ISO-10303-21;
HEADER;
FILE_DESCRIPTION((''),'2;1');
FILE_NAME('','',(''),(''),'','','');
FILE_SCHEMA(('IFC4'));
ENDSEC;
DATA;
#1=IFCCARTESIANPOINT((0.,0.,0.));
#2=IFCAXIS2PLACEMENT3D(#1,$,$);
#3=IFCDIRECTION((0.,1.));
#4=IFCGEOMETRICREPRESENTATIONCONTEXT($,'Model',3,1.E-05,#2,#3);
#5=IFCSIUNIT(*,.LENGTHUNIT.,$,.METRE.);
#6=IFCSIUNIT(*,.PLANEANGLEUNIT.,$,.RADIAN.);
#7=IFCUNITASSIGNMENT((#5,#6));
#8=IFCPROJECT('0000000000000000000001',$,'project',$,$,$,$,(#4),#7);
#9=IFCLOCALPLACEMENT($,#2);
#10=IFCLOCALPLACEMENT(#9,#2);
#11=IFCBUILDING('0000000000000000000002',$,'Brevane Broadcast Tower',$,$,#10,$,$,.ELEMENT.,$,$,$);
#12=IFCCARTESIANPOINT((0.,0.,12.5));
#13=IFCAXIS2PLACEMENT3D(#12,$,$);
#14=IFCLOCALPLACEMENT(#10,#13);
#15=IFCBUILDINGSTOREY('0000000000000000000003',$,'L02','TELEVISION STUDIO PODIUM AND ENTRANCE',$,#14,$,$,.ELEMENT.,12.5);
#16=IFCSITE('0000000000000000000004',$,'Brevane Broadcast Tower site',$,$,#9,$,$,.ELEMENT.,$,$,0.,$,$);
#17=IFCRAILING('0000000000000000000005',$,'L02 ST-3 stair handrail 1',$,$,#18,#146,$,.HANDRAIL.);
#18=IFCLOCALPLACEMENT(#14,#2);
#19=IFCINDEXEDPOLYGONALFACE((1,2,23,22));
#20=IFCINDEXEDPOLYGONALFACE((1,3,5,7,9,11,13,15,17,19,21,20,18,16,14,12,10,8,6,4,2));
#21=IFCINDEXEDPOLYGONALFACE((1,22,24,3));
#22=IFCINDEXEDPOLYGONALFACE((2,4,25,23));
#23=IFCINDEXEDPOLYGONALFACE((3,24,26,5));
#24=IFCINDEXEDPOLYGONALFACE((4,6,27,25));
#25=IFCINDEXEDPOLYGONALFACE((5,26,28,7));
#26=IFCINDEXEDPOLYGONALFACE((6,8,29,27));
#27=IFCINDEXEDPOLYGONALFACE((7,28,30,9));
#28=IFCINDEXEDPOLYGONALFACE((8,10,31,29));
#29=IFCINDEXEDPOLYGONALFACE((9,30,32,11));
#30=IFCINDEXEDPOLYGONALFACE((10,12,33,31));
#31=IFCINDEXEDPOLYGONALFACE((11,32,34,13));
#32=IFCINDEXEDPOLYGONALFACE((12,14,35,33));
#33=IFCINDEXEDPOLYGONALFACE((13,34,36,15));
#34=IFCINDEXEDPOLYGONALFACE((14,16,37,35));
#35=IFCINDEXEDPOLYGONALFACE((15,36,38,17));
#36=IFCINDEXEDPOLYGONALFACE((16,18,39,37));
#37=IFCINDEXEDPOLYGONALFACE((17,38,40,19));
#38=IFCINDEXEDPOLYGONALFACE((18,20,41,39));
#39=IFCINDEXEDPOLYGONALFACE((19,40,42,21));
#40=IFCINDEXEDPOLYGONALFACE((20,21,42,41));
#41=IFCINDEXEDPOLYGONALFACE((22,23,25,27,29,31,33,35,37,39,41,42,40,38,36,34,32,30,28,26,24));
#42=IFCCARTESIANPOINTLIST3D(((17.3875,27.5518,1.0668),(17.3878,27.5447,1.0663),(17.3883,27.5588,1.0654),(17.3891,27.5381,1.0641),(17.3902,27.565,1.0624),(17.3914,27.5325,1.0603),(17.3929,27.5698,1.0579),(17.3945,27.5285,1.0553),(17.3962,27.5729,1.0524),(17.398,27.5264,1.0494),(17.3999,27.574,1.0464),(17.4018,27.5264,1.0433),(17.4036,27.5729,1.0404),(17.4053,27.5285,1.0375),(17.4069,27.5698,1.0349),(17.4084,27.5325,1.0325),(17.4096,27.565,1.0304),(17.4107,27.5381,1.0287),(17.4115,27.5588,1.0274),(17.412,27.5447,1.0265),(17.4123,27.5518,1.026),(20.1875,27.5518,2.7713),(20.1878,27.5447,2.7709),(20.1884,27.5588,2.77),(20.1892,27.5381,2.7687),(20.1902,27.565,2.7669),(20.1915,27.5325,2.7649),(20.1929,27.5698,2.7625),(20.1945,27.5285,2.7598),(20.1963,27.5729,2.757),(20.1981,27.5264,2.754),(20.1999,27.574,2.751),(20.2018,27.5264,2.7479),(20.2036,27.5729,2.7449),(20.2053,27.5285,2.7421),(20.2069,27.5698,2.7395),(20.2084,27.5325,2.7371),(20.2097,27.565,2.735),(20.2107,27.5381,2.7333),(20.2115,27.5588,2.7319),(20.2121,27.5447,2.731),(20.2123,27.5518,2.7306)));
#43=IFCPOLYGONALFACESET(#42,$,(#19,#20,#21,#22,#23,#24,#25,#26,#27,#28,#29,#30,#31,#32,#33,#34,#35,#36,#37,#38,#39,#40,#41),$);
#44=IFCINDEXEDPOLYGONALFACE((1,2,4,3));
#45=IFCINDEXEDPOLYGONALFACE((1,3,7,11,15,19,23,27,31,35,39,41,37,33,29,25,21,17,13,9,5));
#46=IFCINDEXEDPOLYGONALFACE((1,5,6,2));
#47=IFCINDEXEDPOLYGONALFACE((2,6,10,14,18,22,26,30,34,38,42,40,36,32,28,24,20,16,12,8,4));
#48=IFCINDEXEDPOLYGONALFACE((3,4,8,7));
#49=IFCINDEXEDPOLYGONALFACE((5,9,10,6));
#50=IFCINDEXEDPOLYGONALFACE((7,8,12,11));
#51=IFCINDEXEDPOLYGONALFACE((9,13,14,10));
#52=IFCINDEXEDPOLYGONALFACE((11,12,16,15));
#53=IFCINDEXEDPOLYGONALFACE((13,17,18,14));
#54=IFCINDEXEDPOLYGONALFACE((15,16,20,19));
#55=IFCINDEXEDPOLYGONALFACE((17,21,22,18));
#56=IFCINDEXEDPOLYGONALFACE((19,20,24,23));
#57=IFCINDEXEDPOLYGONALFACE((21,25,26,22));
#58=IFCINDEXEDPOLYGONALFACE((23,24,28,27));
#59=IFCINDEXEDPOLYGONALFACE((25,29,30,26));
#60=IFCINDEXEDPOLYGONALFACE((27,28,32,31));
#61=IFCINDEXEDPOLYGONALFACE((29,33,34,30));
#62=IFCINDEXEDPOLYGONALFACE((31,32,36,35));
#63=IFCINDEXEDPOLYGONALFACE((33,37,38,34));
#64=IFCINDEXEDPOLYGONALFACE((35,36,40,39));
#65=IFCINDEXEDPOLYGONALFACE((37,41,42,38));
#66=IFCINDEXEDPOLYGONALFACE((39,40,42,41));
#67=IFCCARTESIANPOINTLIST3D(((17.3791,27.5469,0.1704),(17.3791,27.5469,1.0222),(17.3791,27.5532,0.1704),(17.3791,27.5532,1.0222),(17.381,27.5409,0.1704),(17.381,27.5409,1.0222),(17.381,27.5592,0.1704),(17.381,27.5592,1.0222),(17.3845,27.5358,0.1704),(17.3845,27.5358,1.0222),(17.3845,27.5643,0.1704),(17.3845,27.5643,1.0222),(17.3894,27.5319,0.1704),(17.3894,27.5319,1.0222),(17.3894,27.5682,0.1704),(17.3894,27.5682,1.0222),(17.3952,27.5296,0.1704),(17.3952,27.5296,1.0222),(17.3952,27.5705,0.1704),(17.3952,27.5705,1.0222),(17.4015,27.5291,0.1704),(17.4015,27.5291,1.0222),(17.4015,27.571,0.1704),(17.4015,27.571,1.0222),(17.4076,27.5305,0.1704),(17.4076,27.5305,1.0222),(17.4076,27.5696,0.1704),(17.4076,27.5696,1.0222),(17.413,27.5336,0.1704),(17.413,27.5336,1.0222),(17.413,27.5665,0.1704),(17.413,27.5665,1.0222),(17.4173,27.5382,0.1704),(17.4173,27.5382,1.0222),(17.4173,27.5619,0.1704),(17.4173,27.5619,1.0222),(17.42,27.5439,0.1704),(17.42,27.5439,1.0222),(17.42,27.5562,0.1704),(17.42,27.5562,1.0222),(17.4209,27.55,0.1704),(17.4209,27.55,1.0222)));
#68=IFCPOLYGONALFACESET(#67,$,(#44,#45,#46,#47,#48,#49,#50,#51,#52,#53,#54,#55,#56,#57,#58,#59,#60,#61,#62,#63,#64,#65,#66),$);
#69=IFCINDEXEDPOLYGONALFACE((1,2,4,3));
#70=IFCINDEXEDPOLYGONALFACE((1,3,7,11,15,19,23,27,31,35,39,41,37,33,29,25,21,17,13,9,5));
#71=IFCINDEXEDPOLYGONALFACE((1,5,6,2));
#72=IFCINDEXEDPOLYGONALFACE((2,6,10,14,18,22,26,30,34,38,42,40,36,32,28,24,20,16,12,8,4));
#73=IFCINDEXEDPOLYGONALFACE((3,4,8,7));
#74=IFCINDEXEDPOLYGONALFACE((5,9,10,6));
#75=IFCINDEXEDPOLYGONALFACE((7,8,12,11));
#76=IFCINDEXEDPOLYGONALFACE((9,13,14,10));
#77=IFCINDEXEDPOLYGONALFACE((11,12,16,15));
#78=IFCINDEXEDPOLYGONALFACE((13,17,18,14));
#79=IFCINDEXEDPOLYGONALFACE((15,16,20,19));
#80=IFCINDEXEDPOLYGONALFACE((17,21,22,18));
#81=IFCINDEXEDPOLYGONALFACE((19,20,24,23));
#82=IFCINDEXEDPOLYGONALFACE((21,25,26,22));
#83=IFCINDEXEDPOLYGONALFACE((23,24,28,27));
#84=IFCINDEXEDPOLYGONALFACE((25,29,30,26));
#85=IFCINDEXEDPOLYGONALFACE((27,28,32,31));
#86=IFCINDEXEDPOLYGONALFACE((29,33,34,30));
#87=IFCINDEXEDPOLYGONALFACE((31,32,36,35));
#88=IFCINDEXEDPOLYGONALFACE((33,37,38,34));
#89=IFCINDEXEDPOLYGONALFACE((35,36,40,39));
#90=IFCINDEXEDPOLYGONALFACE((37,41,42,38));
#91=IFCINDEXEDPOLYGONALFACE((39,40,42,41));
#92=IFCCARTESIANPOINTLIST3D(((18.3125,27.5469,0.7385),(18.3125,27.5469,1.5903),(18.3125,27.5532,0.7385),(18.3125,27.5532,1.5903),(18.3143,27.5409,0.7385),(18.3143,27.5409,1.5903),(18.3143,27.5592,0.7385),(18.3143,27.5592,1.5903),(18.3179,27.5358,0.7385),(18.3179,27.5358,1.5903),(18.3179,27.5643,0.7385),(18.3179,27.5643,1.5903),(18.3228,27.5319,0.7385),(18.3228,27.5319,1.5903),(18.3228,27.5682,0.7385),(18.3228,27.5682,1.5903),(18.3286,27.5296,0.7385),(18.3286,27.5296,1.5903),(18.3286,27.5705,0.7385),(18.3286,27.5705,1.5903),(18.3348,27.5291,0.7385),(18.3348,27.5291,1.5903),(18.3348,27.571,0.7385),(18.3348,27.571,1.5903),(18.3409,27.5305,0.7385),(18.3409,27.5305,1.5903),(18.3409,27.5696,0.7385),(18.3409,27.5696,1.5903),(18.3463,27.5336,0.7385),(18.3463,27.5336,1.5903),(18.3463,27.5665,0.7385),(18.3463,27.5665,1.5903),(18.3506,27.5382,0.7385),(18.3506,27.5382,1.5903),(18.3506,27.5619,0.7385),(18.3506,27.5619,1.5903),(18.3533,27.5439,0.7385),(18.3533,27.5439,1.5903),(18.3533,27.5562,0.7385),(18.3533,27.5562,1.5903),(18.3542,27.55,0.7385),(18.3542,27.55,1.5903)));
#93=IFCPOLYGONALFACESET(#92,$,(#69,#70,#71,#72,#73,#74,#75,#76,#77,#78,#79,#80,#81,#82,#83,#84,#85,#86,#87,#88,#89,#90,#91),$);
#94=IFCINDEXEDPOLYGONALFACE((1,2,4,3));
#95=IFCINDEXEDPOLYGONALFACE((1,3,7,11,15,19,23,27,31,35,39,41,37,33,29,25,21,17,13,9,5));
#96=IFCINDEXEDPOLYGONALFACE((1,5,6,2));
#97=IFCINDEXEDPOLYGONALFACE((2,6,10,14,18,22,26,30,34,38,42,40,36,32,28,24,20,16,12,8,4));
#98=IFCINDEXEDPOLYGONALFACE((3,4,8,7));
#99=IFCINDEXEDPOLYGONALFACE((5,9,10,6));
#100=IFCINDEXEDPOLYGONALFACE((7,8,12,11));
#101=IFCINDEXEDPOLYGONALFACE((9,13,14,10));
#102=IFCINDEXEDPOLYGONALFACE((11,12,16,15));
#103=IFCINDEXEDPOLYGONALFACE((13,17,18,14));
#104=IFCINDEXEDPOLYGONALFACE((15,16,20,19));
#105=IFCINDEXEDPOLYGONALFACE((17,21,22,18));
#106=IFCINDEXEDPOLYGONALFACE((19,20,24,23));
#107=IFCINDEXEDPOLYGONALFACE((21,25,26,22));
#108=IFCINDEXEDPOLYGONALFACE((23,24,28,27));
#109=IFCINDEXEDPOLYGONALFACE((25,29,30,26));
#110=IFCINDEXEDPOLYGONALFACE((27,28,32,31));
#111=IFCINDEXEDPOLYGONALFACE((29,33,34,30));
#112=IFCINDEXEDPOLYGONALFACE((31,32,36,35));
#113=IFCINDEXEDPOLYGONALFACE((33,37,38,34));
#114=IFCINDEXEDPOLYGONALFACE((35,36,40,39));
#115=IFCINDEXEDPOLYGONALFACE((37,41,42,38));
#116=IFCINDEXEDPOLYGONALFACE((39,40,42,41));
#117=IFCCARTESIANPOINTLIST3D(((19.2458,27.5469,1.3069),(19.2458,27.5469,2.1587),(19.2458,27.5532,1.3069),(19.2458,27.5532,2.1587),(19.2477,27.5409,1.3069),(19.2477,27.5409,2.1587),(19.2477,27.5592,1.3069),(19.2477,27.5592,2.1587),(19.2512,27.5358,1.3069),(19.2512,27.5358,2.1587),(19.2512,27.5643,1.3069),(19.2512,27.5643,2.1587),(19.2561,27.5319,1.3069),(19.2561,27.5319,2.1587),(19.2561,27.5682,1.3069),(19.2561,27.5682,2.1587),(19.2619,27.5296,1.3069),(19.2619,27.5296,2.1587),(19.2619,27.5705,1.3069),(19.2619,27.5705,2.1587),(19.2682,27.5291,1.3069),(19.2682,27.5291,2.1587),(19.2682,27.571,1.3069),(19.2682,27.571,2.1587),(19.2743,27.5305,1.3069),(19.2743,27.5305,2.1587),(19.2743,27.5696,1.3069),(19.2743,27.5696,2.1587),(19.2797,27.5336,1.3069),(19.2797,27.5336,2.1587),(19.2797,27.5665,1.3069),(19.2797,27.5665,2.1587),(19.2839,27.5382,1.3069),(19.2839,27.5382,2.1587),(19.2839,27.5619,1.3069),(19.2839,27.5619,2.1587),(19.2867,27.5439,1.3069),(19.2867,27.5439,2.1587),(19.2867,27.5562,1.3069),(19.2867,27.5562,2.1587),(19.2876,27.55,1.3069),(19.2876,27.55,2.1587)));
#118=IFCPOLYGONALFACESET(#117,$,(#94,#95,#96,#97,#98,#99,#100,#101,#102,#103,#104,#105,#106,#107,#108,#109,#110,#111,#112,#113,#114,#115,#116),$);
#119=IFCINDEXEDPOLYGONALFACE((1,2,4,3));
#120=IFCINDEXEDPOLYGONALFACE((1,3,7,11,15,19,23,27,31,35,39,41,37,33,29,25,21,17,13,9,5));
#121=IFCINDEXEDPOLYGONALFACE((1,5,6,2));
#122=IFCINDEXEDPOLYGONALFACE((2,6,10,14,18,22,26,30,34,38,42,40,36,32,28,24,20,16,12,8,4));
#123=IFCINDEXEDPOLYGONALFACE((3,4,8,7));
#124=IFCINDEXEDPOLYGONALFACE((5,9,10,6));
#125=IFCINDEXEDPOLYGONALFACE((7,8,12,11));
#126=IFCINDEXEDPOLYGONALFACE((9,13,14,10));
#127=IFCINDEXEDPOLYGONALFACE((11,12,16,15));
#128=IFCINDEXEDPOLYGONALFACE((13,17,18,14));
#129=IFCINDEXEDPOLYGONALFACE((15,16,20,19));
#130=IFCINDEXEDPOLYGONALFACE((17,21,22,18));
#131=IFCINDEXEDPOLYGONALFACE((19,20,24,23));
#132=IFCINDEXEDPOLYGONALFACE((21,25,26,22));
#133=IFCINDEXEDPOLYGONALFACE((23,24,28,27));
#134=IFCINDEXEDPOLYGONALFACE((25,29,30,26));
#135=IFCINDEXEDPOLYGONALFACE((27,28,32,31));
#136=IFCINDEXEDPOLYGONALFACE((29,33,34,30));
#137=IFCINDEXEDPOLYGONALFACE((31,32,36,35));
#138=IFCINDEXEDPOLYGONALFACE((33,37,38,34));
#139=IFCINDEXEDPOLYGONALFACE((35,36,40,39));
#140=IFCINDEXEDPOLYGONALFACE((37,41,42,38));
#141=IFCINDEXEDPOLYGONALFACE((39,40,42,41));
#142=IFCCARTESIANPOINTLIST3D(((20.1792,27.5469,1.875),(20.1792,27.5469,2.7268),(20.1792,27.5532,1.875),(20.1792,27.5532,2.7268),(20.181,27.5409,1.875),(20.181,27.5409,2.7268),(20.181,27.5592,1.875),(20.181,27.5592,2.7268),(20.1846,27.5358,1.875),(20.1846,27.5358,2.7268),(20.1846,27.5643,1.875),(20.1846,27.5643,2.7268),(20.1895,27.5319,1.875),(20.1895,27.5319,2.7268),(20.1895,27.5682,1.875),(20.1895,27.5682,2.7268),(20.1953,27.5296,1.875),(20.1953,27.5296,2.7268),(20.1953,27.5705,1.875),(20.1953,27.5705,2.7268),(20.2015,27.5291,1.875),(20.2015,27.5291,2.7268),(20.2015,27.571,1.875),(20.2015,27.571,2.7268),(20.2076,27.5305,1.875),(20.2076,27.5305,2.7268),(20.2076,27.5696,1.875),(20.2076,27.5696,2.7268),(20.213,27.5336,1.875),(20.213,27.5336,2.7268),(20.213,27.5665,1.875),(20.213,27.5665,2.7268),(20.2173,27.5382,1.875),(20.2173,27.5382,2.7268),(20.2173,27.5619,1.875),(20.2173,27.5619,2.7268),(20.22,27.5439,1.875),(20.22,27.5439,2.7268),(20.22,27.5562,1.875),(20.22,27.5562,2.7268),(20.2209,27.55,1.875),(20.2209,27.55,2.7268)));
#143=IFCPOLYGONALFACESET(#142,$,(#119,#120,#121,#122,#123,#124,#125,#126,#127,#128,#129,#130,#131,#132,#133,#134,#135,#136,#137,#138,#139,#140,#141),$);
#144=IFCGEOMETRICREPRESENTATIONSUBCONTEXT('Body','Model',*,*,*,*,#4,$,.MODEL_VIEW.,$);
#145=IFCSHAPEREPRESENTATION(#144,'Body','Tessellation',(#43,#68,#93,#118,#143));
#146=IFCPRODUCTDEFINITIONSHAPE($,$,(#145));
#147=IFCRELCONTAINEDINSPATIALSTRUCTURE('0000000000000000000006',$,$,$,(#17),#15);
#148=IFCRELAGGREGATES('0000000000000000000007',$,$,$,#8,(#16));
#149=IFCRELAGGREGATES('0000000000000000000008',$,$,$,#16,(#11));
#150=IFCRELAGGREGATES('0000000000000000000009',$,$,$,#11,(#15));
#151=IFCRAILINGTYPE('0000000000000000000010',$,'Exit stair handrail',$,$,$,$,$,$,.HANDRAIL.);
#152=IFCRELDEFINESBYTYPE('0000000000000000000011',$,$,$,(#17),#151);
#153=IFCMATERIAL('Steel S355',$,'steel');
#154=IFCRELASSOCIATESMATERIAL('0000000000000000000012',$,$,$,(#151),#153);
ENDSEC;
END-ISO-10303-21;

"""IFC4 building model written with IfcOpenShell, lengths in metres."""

from ifc_helpers import new_model, si_unit, direction, frame, origin, origin_2d, place, context, subcontext, project, spatial, circle, extrude, material, type_object, element, save


model = new_model("IFC4")

# Units and contexts
model_context = context("Model", 3, precision=1e-05, world=origin(), true_north=direction((0.0, 1.0)))
body_context = subcontext(model_context, "Body", "Model", "MODEL_VIEW")
ifc_project = project(units=[si_unit("LENGTHUNIT", "METRE"), si_unit("PLANEANGLEUNIT", "RADIAN")], contexts=[model_context])

# Site, building, storey
site_placement = place(None, origin())
site = spatial("IfcSite", under=ifc_project, at=site_placement, Name="Brevane Broadcast Tower site", CompositionType="ELEMENT", RefElevation=0.0)
building_placement = place(site_placement, origin())
building = spatial("IfcBuilding", under=site, at=building_placement, Name="Brevane Broadcast Tower", CompositionType="ELEMENT")
storey_placement = place(building_placement, frame((0.0, 0.0, 12.5)))
storey = spatial("IfcBuildingStorey", under=building, at=storey_placement, Name="L02", Description="TELEVISION STUDIO PODIUM AND ENTRANCE", CompositionType="ELEMENT", Elevation=12.5)

# Railing
ifc_material_1 = material(Name="Steel S355", Category="steel")
railing_type_1 = type_object("IfcRailingType", Name="Exit stair handrail", PredefinedType="HANDRAIL", material=ifc_material_1)
railing_1_placement = place(storey_placement, frame((17.3999, 27.55, 0.1704)))
element("IfcRailing", 1, at=railing_1_placement, inside=storey, type_object=railing_type_1, Name="L02 ST-3 stair handrail 1", PredefinedType="HANDRAIL", context=body_context, shape_type="SweptSolid", body=[
    extrude(circle(Radius=0.0239, at=origin_2d()), frame((0.0, 0.0, 0.876), z_axis=(0.85417, 0.0, 0.519994), x_axis=(0.0, 1.0, 0.0)), (0.0, 0.0, 1.0), 3.2781),
    extrude(circle(Radius=0.021, at=origin_2d()), origin(), (0.0, 0.0, 1.0), 0.8518),
    extrude(circle(Radius=0.021, at=origin_2d()), frame((0.9333, 0.0, 0.5681)), (0.0, 0.0, 1.0), 0.8518),
    extrude(circle(Radius=0.021, at=origin_2d()), frame((1.8667, 0.0, 1.1365)), (0.0, 0.0, 1.0), 0.8518),
    extrude(circle(Radius=0.021, at=origin_2d()), frame((2.8, 0.0, 1.7046)), (0.0, 0.0, 1.0), 0.8518),
])

save(model, "model.ifc")
